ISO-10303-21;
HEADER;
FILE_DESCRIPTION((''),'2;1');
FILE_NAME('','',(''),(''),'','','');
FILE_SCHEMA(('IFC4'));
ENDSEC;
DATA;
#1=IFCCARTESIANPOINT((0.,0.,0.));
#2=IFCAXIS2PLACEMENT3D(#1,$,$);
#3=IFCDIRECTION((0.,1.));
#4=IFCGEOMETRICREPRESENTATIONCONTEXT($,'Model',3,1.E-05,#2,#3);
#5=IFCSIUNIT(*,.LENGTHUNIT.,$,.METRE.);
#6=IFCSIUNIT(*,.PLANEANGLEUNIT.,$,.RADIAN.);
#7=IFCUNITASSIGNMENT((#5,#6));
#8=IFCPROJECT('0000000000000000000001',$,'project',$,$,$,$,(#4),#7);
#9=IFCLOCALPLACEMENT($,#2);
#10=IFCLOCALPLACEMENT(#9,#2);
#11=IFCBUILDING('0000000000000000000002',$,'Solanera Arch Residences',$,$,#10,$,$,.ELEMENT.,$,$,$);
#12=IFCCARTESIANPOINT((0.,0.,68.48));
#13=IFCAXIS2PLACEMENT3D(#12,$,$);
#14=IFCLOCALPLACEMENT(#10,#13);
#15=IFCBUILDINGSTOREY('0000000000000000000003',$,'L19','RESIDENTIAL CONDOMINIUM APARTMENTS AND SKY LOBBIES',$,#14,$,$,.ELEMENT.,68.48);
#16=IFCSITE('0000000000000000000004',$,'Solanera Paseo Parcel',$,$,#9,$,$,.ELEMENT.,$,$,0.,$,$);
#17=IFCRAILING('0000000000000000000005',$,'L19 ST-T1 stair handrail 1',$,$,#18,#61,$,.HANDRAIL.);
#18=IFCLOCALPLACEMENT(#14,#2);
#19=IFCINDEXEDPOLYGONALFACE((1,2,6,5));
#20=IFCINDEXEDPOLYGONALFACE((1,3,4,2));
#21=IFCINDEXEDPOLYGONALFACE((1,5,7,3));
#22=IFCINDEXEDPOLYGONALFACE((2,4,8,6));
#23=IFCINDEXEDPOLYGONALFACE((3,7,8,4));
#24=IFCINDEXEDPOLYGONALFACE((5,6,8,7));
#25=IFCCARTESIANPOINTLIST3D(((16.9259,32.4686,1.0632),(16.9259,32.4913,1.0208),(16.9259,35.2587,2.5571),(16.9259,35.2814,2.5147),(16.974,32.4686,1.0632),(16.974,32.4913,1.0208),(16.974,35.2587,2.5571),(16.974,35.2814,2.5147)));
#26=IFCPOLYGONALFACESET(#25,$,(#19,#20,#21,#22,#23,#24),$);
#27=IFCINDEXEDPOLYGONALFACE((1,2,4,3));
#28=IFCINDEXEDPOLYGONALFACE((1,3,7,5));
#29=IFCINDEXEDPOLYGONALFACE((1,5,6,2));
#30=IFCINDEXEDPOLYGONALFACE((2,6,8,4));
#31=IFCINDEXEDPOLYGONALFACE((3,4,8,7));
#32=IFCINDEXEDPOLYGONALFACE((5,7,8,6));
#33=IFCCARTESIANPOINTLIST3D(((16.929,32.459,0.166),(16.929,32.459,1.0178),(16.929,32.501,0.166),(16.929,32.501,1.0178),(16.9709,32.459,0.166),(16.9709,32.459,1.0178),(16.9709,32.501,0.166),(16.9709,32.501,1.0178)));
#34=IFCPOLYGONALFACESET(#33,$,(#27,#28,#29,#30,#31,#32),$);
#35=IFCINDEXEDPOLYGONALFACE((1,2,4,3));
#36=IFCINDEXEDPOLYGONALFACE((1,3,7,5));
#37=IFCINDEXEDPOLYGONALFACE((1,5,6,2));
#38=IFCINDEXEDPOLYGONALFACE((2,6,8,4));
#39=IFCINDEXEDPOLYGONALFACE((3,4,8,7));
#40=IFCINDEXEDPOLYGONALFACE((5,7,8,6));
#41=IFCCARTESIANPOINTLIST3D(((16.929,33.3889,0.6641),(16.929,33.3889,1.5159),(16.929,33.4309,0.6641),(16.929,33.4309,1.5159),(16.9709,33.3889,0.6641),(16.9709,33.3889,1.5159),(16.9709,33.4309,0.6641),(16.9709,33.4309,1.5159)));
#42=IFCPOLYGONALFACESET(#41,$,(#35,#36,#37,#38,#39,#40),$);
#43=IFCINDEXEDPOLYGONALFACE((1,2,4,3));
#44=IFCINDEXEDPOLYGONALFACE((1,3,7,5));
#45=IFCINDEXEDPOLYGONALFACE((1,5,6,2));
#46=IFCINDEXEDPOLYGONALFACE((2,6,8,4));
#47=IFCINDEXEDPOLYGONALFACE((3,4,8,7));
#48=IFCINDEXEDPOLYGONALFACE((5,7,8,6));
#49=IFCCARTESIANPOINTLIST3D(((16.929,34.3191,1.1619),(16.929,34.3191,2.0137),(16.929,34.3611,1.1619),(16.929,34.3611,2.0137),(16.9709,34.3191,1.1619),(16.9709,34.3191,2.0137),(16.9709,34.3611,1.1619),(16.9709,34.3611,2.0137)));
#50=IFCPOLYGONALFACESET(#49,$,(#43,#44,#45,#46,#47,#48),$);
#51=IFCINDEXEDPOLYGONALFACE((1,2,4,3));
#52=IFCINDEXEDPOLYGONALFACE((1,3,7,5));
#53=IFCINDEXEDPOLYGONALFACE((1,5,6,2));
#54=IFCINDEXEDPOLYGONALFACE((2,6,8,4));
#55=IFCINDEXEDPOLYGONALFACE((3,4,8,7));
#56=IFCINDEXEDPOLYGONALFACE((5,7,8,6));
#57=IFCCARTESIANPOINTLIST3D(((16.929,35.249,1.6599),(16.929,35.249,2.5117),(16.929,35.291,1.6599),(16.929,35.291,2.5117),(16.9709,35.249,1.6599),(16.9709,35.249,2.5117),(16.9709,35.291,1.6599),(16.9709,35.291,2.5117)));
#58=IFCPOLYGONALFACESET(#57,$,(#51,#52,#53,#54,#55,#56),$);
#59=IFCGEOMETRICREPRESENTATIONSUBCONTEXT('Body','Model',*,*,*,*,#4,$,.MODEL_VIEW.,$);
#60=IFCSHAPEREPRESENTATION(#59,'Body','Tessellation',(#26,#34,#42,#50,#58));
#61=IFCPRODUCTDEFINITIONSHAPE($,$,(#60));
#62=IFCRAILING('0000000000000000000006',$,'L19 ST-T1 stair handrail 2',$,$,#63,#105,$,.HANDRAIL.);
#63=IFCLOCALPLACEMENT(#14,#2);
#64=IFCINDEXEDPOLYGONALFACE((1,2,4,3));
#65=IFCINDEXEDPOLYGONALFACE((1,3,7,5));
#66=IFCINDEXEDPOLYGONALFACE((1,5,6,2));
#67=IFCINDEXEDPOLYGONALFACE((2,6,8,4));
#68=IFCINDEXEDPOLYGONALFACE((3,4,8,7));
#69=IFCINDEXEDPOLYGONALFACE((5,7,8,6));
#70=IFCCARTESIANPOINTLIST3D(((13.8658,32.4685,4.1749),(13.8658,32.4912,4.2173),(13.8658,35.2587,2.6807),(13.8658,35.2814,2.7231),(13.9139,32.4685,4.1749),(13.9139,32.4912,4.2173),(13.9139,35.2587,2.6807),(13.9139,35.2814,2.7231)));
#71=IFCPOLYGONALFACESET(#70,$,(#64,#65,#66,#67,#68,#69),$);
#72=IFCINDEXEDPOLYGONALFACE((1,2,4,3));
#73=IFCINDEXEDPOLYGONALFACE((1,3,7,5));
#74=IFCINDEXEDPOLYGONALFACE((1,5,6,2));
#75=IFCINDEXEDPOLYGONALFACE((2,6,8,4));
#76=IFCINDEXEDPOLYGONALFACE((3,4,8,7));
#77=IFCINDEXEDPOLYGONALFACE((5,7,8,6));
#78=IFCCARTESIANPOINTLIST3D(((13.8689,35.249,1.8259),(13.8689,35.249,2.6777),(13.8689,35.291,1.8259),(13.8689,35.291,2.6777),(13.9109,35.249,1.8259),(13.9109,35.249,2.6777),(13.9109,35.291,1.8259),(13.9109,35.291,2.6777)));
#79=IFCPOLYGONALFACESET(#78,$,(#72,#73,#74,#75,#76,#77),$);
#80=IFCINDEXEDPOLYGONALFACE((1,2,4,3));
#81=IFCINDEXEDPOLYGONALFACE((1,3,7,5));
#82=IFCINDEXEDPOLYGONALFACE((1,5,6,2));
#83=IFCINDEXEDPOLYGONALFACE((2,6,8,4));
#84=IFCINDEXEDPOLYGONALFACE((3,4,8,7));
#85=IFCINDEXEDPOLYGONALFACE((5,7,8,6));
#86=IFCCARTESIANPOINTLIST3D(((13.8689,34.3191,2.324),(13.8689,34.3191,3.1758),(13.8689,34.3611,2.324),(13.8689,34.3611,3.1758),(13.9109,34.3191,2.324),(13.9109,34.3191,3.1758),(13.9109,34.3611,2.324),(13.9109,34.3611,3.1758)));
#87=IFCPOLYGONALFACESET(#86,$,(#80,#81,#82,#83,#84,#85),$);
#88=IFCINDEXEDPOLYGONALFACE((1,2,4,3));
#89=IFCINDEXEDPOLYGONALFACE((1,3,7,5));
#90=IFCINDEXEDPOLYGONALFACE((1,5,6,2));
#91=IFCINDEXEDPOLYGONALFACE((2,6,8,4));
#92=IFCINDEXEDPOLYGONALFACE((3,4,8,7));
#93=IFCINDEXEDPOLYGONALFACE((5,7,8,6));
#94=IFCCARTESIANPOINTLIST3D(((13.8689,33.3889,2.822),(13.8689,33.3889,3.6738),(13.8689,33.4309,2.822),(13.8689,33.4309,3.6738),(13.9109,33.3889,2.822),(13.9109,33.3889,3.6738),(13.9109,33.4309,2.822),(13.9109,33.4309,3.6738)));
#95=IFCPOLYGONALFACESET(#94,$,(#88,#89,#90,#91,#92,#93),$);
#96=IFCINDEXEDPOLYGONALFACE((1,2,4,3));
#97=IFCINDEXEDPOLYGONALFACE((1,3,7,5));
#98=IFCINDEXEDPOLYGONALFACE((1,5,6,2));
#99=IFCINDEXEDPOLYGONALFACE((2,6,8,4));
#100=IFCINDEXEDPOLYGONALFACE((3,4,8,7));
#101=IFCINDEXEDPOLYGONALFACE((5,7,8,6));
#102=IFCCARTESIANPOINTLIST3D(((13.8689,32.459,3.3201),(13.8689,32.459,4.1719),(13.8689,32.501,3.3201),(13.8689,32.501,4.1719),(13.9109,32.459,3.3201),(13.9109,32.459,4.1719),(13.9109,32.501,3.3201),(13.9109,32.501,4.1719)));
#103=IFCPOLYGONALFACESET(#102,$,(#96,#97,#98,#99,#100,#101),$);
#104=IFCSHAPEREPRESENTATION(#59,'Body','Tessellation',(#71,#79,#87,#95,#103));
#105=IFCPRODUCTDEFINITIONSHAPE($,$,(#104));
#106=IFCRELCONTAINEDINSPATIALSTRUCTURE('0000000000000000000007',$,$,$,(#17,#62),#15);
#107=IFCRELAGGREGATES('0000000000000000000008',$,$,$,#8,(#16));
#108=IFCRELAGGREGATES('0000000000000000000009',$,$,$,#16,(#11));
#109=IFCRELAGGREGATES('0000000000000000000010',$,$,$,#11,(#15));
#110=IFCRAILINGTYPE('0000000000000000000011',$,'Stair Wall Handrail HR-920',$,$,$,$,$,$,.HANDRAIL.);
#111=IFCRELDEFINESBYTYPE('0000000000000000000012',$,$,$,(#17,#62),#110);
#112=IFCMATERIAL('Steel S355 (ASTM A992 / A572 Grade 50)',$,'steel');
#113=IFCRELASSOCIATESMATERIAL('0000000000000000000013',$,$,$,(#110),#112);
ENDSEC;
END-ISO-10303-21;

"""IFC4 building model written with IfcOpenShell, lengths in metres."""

from ifc_helpers import new_model, si_unit, direction, frame, origin, origin_2d, place, context, subcontext, project, spatial, rectangle, extrude, material, type_object, element, save


model = new_model("IFC4")

# Units and contexts
model_context = context("Model", 3, precision=1e-05, world=origin(), true_north=direction((0.0, 1.0)))
body_context = subcontext(model_context, "Body", "Model", "MODEL_VIEW")
ifc_project = project(units=[si_unit("LENGTHUNIT", "METRE"), si_unit("PLANEANGLEUNIT", "RADIAN")], contexts=[model_context])

# Site, building, storey
site_placement = place(None, origin())
site = spatial("IfcSite", under=ifc_project, at=site_placement, Name="Solanera Paseo Parcel", CompositionType="ELEMENT", RefElevation=0.0)
building_placement = place(site_placement, origin())
building = spatial("IfcBuilding", under=site, at=building_placement, Name="Solanera Arch Residences", CompositionType="ELEMENT")
storey_placement = place(building_placement, frame((0.0, 0.0, 68.48)))
storey = spatial("IfcBuildingStorey", under=building, at=storey_placement, Name="L19", Description="RESIDENTIAL CONDOMINIUM APARTMENTS AND SKY LOBBIES", CompositionType="ELEMENT", Elevation=68.48)

# Railings
ifc_material_1 = material(Name="Steel S355 (ASTM A992 / A572 Grade 50)", Category="steel")
railing_type_1 = type_object("IfcRailingType", Name="Stair Wall Handrail HR-920", PredefinedType="HANDRAIL", material=ifc_material_1)
railing_1_placement = place(storey_placement, frame((16.95, 32.48, 0.166)))
element("IfcRailing", 1, at=railing_1_placement, inside=storey, type_object=railing_type_1, Name="L19 ST-T1 stair handrail 1", PredefinedType="HANDRAIL", context=body_context, shape_type="SweptSolid", body=[
    extrude(rectangle(XDim=0.0481, YDim=0.0481, at=origin_2d()), frame((0.0, 0.0, 0.876), z_axis=(0.0, 0.881581, 0.472033), x_axis=(-1.0, 0.0, 0.0)), (0.0, 0.0, 1.0), 3.1648),
    extrude(rectangle(XDim=0.042, YDim=0.042, at=origin_2d()), origin(), (0.0, 0.0, 1.0), 0.8518),
    extrude(rectangle(XDim=0.042, YDim=0.042, at=origin_2d()), frame((0.0, 0.9299, 0.498)), (0.0, 0.0, 1.0), 0.8518),
    extrude(rectangle(XDim=0.042, YDim=0.042, at=origin_2d()), frame((0.0, 1.8601, 0.9958)), (0.0, 0.0, 1.0), 0.8518),
    extrude(rectangle(XDim=0.042, YDim=0.042, at=origin_2d()), frame((0.0, 2.79, 1.4939)), (0.0, 0.0, 1.0), 0.8518),
])
railing_2_placement = place(storey_placement, frame((13.8899, 35.27, 1.8259)))
element("IfcRailing", 2, at=railing_2_placement, inside=storey, type_object=railing_type_1, Name="L19 ST-T1 stair handrail 2", PredefinedType="HANDRAIL", context=body_context, shape_type="SweptSolid", body=[
    extrude(rectangle(XDim=0.0481, YDim=0.0481, at=origin_2d()), frame((0.0, 0.0, 0.876), z_axis=(0.0, -0.881549, 0.472093), x_axis=(1.0, 0.0, 0.0)), (0.0, 0.0, 1.0), 3.165),
    extrude(rectangle(XDim=0.042, YDim=0.042, at=origin_2d()), origin(), (0.0, 0.0, 1.0), 0.8518),
    extrude(rectangle(XDim=0.042, YDim=0.042, at=origin_2d()), frame((0.0, -0.9299, 0.498)), (0.0, 0.0, 1.0), 0.8518),
    extrude(rectangle(XDim=0.042, YDim=0.042, at=origin_2d()), frame((0.0, -1.8601, 0.9961)), (0.0, 0.0, 1.0), 0.8518),
    extrude(rectangle(XDim=0.042, YDim=0.042, at=origin_2d()), frame((0.0, -2.79, 1.4941)), (0.0, 0.0, 1.0), 0.8518),
])

save(model, "model.ifc")
